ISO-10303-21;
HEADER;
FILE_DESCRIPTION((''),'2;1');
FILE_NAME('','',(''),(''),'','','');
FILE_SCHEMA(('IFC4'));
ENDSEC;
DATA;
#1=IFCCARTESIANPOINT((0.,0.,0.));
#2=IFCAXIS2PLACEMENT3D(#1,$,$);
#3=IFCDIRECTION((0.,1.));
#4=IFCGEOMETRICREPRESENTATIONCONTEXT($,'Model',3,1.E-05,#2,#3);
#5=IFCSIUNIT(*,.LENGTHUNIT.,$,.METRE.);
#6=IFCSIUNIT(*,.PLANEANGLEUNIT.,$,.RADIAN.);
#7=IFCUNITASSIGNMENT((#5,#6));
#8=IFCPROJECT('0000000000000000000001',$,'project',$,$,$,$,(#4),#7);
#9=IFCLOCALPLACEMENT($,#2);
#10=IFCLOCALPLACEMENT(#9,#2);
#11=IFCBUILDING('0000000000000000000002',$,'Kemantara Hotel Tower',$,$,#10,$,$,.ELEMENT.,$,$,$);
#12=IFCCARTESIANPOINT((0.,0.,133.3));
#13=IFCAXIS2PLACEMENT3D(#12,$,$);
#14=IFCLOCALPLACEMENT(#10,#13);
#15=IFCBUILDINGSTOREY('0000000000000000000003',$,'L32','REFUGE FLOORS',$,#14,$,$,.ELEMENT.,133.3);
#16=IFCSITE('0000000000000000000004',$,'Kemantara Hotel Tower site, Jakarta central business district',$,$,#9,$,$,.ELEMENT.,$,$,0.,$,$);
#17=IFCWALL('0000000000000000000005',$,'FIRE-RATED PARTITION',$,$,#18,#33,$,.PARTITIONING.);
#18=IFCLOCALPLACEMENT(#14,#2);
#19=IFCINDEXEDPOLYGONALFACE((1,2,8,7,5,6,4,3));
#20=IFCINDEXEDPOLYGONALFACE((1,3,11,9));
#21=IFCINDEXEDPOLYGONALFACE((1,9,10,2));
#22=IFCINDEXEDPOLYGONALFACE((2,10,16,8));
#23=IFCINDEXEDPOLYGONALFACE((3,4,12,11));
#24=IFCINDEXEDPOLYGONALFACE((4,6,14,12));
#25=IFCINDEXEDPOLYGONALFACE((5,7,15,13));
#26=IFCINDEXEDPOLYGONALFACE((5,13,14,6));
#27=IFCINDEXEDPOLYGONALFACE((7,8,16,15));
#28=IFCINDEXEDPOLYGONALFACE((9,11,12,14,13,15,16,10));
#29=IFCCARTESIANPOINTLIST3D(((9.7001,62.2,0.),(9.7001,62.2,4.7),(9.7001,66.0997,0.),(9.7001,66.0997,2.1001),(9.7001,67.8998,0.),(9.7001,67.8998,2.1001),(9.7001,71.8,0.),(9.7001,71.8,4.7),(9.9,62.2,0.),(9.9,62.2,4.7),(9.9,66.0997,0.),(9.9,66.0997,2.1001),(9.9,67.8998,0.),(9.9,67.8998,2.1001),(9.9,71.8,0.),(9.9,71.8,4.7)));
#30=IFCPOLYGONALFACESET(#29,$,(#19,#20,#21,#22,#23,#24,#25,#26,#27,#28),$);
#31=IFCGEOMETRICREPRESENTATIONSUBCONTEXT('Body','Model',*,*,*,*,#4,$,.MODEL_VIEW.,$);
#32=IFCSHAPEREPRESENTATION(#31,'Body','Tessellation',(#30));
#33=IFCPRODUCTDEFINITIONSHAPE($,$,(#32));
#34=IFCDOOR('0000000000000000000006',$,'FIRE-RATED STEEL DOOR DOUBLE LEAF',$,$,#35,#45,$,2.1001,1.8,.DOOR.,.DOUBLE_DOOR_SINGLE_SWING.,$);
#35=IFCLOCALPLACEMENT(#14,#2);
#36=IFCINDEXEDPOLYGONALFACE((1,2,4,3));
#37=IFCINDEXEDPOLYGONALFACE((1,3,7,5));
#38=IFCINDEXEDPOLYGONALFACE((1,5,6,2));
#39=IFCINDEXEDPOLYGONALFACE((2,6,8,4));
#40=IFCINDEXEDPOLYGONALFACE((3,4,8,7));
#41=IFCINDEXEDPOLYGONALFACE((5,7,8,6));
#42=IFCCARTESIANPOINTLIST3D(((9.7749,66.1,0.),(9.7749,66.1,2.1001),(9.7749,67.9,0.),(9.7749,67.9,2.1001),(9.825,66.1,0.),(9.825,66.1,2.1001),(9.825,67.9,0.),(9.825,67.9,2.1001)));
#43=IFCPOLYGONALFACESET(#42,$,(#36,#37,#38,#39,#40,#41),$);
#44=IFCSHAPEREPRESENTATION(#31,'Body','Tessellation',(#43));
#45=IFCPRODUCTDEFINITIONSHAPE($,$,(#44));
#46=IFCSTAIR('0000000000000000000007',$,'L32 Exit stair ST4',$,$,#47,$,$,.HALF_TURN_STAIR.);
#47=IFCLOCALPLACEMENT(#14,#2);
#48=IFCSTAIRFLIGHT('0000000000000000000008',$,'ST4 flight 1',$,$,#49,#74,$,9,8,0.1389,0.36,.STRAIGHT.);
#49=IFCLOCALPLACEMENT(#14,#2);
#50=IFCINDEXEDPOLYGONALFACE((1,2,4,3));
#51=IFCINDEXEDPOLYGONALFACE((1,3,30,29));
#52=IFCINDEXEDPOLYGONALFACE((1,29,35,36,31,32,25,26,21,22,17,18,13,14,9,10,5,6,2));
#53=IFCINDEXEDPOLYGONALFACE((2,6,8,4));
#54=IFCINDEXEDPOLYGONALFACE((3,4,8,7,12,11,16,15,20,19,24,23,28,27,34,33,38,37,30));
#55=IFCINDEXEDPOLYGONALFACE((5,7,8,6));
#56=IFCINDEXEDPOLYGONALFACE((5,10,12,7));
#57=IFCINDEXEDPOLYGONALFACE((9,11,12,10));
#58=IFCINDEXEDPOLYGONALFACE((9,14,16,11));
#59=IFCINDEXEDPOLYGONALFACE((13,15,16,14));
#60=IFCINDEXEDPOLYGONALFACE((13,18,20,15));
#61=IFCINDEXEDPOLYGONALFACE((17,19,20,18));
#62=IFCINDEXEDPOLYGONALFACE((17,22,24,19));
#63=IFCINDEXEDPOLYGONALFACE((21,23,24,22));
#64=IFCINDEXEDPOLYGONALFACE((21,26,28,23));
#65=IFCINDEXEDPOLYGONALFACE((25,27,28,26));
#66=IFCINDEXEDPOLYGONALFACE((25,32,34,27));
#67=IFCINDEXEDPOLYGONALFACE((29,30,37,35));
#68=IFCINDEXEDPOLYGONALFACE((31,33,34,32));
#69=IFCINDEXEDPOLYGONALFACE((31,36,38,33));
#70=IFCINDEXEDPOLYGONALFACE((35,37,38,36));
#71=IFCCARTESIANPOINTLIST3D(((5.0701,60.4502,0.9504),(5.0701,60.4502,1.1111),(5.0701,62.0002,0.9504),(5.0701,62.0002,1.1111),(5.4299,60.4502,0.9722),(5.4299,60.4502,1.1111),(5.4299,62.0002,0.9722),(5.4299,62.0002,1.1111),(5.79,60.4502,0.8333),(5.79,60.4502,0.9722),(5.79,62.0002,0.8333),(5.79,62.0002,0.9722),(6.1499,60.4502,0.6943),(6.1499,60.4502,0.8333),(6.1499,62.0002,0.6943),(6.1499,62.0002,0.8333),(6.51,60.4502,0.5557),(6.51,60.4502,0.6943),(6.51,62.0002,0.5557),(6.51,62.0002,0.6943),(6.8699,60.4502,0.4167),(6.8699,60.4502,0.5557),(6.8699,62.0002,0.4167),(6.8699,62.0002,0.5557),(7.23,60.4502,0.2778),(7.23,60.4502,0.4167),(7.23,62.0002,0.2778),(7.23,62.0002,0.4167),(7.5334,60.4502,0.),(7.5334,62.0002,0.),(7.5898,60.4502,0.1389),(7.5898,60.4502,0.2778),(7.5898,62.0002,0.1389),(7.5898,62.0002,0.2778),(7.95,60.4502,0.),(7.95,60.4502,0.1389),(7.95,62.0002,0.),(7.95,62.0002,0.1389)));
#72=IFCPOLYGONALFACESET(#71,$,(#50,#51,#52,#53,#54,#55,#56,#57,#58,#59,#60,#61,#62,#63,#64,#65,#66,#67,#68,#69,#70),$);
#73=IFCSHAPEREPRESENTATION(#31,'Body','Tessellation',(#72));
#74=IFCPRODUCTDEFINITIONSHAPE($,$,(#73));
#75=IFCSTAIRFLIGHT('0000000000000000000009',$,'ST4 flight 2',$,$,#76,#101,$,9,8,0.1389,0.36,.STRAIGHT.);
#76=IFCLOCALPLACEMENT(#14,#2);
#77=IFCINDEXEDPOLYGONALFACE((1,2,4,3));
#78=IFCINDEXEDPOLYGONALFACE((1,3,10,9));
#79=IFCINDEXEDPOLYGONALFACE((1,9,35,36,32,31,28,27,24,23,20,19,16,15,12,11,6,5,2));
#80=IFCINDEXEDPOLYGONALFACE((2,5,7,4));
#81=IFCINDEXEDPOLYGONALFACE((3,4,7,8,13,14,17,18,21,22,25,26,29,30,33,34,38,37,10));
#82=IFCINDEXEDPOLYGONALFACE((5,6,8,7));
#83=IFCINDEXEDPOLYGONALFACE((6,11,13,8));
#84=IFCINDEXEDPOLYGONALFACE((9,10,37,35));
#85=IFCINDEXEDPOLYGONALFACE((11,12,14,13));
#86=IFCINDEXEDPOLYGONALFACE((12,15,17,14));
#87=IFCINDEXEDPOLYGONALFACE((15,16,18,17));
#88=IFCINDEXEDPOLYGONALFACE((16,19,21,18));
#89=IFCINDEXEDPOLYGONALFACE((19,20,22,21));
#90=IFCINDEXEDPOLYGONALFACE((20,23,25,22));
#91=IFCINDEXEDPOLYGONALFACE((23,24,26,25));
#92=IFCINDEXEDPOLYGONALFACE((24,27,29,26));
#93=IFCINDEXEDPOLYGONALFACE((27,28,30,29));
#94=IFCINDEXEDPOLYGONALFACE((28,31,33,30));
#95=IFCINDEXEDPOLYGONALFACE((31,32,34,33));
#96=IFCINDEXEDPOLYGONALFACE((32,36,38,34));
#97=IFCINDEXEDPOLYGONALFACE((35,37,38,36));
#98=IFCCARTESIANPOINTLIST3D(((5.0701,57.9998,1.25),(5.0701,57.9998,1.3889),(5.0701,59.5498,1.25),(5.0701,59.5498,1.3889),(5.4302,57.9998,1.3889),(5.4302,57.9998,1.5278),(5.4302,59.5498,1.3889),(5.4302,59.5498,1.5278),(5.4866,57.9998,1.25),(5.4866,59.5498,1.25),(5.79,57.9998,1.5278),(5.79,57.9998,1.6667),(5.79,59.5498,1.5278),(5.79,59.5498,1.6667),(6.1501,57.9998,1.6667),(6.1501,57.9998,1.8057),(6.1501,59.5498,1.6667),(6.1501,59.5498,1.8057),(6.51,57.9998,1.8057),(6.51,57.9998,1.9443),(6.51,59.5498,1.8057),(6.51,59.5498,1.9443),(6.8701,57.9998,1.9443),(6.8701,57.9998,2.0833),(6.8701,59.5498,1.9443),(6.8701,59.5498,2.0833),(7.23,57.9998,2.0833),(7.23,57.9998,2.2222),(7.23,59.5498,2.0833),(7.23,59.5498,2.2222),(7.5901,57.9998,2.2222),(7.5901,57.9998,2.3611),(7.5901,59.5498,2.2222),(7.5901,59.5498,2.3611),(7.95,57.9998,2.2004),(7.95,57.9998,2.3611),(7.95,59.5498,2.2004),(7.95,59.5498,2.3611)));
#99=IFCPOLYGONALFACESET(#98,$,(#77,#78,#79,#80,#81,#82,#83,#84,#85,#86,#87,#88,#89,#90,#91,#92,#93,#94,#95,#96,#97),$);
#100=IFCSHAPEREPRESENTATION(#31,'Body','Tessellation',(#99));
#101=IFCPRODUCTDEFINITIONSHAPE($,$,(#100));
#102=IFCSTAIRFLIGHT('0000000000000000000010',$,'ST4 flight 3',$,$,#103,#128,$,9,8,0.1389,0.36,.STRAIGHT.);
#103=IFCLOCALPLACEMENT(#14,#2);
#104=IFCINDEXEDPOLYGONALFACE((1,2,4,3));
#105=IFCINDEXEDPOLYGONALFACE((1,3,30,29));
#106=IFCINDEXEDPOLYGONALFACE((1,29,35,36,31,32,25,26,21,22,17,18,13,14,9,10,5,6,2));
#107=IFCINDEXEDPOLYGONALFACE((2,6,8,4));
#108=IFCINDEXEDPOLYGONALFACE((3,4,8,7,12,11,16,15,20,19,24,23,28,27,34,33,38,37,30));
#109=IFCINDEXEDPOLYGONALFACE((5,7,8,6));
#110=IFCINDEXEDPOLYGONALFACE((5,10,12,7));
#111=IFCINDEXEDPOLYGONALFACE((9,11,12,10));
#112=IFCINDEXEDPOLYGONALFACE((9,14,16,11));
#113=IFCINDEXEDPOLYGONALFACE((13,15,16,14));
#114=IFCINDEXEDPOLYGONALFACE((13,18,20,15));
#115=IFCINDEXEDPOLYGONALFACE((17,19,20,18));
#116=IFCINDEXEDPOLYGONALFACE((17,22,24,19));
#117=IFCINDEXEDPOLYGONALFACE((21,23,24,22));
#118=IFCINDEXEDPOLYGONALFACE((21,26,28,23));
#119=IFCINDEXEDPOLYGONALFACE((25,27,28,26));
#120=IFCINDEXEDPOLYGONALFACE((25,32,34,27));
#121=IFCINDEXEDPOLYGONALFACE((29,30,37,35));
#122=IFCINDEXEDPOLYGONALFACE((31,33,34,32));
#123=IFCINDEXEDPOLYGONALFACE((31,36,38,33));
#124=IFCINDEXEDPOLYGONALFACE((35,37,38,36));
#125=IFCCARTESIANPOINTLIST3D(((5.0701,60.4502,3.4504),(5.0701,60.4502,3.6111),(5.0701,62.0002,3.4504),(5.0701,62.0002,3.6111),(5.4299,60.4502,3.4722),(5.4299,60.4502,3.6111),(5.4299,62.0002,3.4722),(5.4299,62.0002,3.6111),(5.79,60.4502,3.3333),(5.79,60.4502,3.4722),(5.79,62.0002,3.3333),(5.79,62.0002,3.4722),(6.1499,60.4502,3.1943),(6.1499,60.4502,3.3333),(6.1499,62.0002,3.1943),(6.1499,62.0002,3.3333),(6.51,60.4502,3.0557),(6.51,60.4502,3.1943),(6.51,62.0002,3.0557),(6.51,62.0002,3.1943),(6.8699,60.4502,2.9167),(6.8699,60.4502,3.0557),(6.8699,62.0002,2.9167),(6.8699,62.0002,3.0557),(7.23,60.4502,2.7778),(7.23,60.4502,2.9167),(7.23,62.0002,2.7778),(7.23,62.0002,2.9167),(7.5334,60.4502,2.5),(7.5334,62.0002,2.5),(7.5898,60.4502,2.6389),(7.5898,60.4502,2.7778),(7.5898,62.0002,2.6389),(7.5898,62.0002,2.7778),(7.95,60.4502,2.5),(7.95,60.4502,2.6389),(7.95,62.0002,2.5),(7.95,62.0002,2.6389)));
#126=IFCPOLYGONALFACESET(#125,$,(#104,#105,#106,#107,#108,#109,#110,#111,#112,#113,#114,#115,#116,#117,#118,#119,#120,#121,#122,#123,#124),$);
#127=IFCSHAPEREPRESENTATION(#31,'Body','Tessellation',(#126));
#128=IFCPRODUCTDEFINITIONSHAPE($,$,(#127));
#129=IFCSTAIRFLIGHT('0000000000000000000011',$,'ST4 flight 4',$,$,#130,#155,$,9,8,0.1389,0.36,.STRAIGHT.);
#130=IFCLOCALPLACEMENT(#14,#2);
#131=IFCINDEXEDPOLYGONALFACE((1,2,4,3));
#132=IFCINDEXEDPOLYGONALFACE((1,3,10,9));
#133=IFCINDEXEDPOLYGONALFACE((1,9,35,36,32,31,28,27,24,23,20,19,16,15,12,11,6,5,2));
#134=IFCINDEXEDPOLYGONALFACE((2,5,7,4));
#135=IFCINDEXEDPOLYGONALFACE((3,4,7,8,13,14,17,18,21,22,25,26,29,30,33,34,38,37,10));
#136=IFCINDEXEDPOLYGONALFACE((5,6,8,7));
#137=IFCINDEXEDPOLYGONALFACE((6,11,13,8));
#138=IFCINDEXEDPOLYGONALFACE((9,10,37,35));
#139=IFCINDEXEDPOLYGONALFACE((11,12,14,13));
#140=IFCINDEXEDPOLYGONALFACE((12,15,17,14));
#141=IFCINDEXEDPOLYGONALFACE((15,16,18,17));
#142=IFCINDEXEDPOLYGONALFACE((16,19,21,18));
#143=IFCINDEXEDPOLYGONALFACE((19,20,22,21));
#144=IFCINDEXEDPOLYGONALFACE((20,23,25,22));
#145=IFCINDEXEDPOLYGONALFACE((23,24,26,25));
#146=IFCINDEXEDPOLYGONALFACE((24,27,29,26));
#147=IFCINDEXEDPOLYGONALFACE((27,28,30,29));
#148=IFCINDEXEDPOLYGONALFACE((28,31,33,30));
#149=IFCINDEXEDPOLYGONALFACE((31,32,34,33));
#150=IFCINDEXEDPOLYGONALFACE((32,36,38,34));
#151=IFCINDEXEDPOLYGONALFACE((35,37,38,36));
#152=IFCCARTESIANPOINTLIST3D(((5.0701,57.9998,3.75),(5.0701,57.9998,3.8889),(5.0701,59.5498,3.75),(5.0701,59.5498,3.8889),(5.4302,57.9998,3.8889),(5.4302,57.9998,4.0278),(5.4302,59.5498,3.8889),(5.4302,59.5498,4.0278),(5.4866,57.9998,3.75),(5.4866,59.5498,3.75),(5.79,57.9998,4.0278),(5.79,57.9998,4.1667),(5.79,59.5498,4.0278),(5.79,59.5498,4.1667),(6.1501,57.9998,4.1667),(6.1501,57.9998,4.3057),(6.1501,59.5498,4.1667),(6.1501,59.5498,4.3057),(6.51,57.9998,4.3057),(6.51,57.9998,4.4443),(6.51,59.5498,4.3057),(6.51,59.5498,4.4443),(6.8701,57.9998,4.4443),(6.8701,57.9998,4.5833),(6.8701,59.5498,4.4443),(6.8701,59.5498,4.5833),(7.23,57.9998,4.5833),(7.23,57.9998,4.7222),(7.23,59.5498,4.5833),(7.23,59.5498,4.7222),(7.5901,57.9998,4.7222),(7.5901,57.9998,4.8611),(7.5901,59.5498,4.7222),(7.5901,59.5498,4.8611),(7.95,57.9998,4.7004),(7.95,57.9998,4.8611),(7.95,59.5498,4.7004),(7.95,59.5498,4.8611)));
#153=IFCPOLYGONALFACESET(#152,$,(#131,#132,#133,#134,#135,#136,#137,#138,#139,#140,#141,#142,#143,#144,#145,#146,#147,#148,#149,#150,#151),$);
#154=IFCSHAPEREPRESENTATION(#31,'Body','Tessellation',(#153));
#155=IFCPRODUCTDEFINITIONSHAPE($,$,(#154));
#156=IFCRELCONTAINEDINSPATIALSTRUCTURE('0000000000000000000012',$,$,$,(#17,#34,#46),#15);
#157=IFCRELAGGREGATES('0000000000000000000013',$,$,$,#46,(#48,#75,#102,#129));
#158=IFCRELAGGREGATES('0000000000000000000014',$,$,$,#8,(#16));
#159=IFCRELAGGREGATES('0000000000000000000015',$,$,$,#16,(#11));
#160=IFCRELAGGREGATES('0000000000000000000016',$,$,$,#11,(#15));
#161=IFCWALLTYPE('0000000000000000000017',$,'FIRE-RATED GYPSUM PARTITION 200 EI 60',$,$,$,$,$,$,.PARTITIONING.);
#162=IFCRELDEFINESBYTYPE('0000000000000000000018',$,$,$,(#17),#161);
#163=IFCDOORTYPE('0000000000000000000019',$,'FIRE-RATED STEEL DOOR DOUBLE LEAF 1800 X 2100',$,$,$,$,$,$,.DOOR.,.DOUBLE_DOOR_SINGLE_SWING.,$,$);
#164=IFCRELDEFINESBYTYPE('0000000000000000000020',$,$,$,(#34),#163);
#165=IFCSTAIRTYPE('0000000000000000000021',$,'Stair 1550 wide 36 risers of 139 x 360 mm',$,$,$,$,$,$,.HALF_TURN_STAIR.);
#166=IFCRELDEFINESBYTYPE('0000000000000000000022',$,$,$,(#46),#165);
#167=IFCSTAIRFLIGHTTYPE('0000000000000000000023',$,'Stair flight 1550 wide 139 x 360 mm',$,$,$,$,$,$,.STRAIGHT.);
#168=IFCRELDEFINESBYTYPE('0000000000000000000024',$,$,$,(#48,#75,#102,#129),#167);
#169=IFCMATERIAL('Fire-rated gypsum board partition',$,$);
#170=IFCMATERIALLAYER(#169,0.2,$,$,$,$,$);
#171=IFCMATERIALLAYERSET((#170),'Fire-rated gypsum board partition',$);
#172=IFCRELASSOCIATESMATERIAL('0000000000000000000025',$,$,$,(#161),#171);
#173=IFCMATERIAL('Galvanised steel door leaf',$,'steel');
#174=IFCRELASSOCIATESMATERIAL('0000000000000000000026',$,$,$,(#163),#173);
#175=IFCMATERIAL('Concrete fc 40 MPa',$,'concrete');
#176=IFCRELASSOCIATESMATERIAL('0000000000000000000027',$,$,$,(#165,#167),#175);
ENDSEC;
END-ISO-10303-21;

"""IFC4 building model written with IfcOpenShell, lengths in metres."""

from ifc_helpers import new_model, si_unit, direction, frame, frame_2d, origin, place, context, subcontext, project, spatial, polyline, rectangle, outline, extrude, material, layer, layer_set, type_object, element, fill, aggregate, save


model = new_model("IFC4")

# Units and contexts
model_context = context("Model", 3, precision=1e-05, world=origin(), true_north=direction((0.0, 1.0)))
body_context = subcontext(model_context, "Body", "Model", "MODEL_VIEW")
ifc_project = project(units=[si_unit("LENGTHUNIT", "METRE"), si_unit("PLANEANGLEUNIT", "RADIAN")], contexts=[model_context])

# Site, building, storey
site_placement = place(None, origin())
site = spatial("IfcSite", under=ifc_project, at=site_placement, Name="Kemantara Hotel Tower site, Jakarta central business district", CompositionType="ELEMENT", RefElevation=0.0)
building_placement = place(site_placement, origin())
building = spatial("IfcBuilding", under=site, at=building_placement, Name="Kemantara Hotel Tower", CompositionType="ELEMENT")
storey_placement = place(building_placement, frame((0.0, 0.0, 133.3)))
storey = spatial("IfcBuildingStorey", under=building, at=storey_placement, Name="L32", Description="REFUGE FLOORS", CompositionType="ELEMENT", Elevation=133.3)

# Shared definitions
ifc_material_1 = material(Name="Concrete fc 40 MPa", Category="concrete")

# Wall, opening, door
ifc_material_2 = material(Name="Fire-rated gypsum board partition")
ifc_layer_1 = layer(ifc_material_2, 0.2)
ifc_layer_set_1 = layer_set([ifc_layer_1], Name="Fire-rated gypsum board partition")
wall_type_1 = type_object("IfcWallType", Name="FIRE-RATED GYPSUM PARTITION 200 EI 60", PredefinedType="PARTITIONING", material=ifc_layer_set_1)
wall_1_placement = place(storey_placement, frame((9.8, 62.2, 0.0), z_axis=(0.0, 0.0, 1.0), x_axis=(0.0, 1.0, 0.0)))
wall_1 = element("IfcWall", 1, at=wall_1_placement, inside=storey, type_object=wall_type_1, Name="FIRE-RATED PARTITION", PredefinedType="PARTITIONING", context=body_context, shape_type="SweptSolid", body=[
    extrude(rectangle(XDim=9.6001, YDim=0.2, at=frame_2d((4.8, 0.0))), origin(), (0.0, 0.0, 1.0), 4.7),
])
opening_1_placement = place(wall_1_placement, frame((3.8999, 0.0, 0.0)))
opening_1 = element("IfcOpeningElement", 2, at=opening_1_placement, cuts=wall_1, PredefinedType="OPENING", context=body_context, shape_type="SweptSolid", body=[
    extrude(rectangle(XDim=1.8, YDim=2.1001, at=frame_2d((0.8999, 1.05))), frame((0.0, 0.1099, 0.0), z_axis=(0.0, -1.0, 0.0), x_axis=(1.0, 0.0, 0.0)), (0.0, 0.0, 1.0), 0.22),
])
ifc_material_3 = material(Name="Galvanised steel door leaf", Category="steel")
door_type_1 = type_object("IfcDoorType", Name="FIRE-RATED STEEL DOOR DOUBLE LEAF 1800 X 2100", OperationType="DOUBLE_DOOR_SINGLE_SWING", PredefinedType="DOOR", material=ifc_material_3)
door_1_placement = place(opening_1_placement, frame((1.8, 0.0, 0.0), z_axis=(0.0, 0.0, 1.0), x_axis=(-1.0, 0.0, 0.0)))
door_1 = element("IfcDoor", 3, at=door_1_placement, inside=storey, type_object=door_type_1, Name="FIRE-RATED STEEL DOOR DOUBLE LEAF", OperationType="DOUBLE_DOOR_SINGLE_SWING", OverallHeight=2.1001, OverallWidth=1.8, PredefinedType="DOOR", context=body_context, shape_type="SweptSolid", body=[
    extrude(rectangle(XDim=1.8, YDim=2.1001, at=frame_2d((0.8999, 1.05))), frame((0.0, 0.0249, 0.0), z_axis=(0.0, -1.0, 0.0), x_axis=(1.0, 0.0, 0.0)), (0.0, 0.0, 1.0), 0.05),
])
fill(opening_1, door_1)

# Stair, stair flights
stair_type = type_object("IfcStairType", Name="Stair 1550 wide 36 risers of 139 x 360 mm", PredefinedType="HALF_TURN_STAIR", material=ifc_material_1)
stair_placement = place(storey_placement, origin())
stair = element("IfcStair", 4, at=stair_placement, inside=storey, type_object=stair_type, Name="L32 Exit stair ST4", PredefinedType="HALF_TURN_STAIR")
stair_flight_type = type_object("IfcStairFlightType", Name="Stair flight 1550 wide 139 x 360 mm", PredefinedType="STRAIGHT", material=ifc_material_1)
stair_flight_1_placement = place(storey_placement, frame((7.95, 61.2251, 0.0), z_axis=(0.0, 0.0, 1.0), x_axis=(-1.0, 0.0, 0.0)))
stair_flight_1 = element("IfcStairFlight", 5, at=stair_flight_1_placement, type_object=stair_flight_type, Name="ST4 flight 1", NumberOfRisers=9, NumberOfTreads=8, PredefinedType="STRAIGHT", RiserHeight=0.1389, TreadLength=0.36, context=body_context, shape_type="SweptSolid", body=[
    extrude(outline(polyline([(0.0, 0.0), (0.0, 0.1389), (0.3601, 0.1389), (0.3601, 0.2778), (0.72, 0.2778), (0.72, 0.4167), (1.0801, 0.4167), (1.0801, 0.5557), (1.4399, 0.5557), (1.4399, 0.6943), (1.8, 0.6943), (1.8, 0.8333), (2.1599, 0.8333), (2.1599, 0.9722), (2.52, 0.9722), (2.52, 1.1111), (2.8799, 1.1111), (2.8799, 1.25), (2.8799, 0.9504), (0.4165, 0.0), (0.0, 0.0)])), frame((0.0, 0.7749, 0.0), z_axis=(0.0, -1.0, 0.0), x_axis=(1.0, 0.0, 0.0)), (0.0, 0.0, 1.0), 1.55),
])
stair_flight_2_placement = place(storey_placement, frame((5.0701, 58.7749, 1.25), z_axis=(0.0, 0.0, 1.0), x_axis=(1.0, 0.0, 0.0)))
stair_flight_2 = element("IfcStairFlight", 6, at=stair_flight_2_placement, type_object=stair_flight_type, Name="ST4 flight 2", NumberOfRisers=9, NumberOfTreads=8, PredefinedType="STRAIGHT", RiserHeight=0.1389, TreadLength=0.36, context=body_context, shape_type="SweptSolid", body=[
    extrude(outline(polyline([(0.0, 0.0), (0.0, 0.1389), (0.3601, 0.1389), (0.3601, 0.2778), (0.72, 0.2778), (0.72, 0.4167), (1.0801, 0.4167), (1.0801, 0.5557), (1.4399, 0.5557), (1.4399, 0.6943), (1.8, 0.6943), (1.8, 0.8333), (2.1599, 0.8333), (2.1599, 0.9722), (2.52, 0.9722), (2.52, 1.1111), (2.8799, 1.1111), (2.8799, 1.25), (2.8799, 0.9504), (0.4165, 0.0), (0.0, 0.0)])), frame((0.0, 0.7749, 0.0), z_axis=(0.0, -1.0, 0.0), x_axis=(1.0, 0.0, 0.0)), (0.0, 0.0, 1.0), 1.55),
])
stair_flight_3_placement = place(storey_placement, frame((7.95, 61.2251, 2.5), z_axis=(0.0, 0.0, 1.0), x_axis=(-1.0, 0.0, 0.0)))
stair_flight_3 = element("IfcStairFlight", 7, at=stair_flight_3_placement, type_object=stair_flight_type, Name="ST4 flight 3", NumberOfRisers=9, NumberOfTreads=8, PredefinedType="STRAIGHT", RiserHeight=0.1389, TreadLength=0.36, context=body_context, shape_type="SweptSolid", body=[
    extrude(outline(polyline([(0.0, 0.0), (0.0, 0.1389), (0.3601, 0.1389), (0.3601, 0.2778), (0.72, 0.2778), (0.72, 0.4167), (1.0801, 0.4167), (1.0801, 0.5557), (1.4399, 0.5557), (1.4399, 0.6943), (1.8, 0.6943), (1.8, 0.8333), (2.1599, 0.8333), (2.1599, 0.9722), (2.52, 0.9722), (2.52, 1.1111), (2.8799, 1.1111), (2.8799, 1.25), (2.8799, 0.9504), (0.4165, 0.0), (0.0, 0.0)])), frame((0.0, 0.7749, 0.0), z_axis=(0.0, -1.0, 0.0), x_axis=(1.0, 0.0, 0.0)), (0.0, 0.0, 1.0), 1.55),
])
stair_flight_4_placement = place(storey_placement, frame((5.0701, 58.7749, 3.75), z_axis=(0.0, 0.0, 1.0), x_axis=(1.0, 0.0, 0.0)))
stair_flight_4 = element("IfcStairFlight", 8, at=stair_flight_4_placement, type_object=stair_flight_type, Name="ST4 flight 4", NumberOfRisers=9, NumberOfTreads=8, PredefinedType="STRAIGHT", RiserHeight=0.1389, TreadLength=0.36, context=body_context, shape_type="SweptSolid", body=[
    extrude(outline(polyline([(0.0, 0.0), (0.0, 0.1389), (0.3601, 0.1389), (0.3601, 0.2778), (0.72, 0.2778), (0.72, 0.4167), (1.0801, 0.4167), (1.0801, 0.5557), (1.4399, 0.5557), (1.4399, 0.6943), (1.8, 0.6943), (1.8, 0.8333), (2.1599, 0.8333), (2.1599, 0.9722), (2.52, 0.9722), (2.52, 1.1111), (2.8799, 1.1111), (2.8799, 1.25), (2.8799, 0.9504), (0.4165, 0.0), (0.0, 0.0)])), frame((0.0, 0.7749, 0.0), z_axis=(0.0, -1.0, 0.0), x_axis=(1.0, 0.0, 0.0)), (0.0, 0.0, 1.0), 1.55),
])
aggregate(stair, [stair_flight_1, stair_flight_2, stair_flight_3, stair_flight_4])

save(model, "model.ifc")
